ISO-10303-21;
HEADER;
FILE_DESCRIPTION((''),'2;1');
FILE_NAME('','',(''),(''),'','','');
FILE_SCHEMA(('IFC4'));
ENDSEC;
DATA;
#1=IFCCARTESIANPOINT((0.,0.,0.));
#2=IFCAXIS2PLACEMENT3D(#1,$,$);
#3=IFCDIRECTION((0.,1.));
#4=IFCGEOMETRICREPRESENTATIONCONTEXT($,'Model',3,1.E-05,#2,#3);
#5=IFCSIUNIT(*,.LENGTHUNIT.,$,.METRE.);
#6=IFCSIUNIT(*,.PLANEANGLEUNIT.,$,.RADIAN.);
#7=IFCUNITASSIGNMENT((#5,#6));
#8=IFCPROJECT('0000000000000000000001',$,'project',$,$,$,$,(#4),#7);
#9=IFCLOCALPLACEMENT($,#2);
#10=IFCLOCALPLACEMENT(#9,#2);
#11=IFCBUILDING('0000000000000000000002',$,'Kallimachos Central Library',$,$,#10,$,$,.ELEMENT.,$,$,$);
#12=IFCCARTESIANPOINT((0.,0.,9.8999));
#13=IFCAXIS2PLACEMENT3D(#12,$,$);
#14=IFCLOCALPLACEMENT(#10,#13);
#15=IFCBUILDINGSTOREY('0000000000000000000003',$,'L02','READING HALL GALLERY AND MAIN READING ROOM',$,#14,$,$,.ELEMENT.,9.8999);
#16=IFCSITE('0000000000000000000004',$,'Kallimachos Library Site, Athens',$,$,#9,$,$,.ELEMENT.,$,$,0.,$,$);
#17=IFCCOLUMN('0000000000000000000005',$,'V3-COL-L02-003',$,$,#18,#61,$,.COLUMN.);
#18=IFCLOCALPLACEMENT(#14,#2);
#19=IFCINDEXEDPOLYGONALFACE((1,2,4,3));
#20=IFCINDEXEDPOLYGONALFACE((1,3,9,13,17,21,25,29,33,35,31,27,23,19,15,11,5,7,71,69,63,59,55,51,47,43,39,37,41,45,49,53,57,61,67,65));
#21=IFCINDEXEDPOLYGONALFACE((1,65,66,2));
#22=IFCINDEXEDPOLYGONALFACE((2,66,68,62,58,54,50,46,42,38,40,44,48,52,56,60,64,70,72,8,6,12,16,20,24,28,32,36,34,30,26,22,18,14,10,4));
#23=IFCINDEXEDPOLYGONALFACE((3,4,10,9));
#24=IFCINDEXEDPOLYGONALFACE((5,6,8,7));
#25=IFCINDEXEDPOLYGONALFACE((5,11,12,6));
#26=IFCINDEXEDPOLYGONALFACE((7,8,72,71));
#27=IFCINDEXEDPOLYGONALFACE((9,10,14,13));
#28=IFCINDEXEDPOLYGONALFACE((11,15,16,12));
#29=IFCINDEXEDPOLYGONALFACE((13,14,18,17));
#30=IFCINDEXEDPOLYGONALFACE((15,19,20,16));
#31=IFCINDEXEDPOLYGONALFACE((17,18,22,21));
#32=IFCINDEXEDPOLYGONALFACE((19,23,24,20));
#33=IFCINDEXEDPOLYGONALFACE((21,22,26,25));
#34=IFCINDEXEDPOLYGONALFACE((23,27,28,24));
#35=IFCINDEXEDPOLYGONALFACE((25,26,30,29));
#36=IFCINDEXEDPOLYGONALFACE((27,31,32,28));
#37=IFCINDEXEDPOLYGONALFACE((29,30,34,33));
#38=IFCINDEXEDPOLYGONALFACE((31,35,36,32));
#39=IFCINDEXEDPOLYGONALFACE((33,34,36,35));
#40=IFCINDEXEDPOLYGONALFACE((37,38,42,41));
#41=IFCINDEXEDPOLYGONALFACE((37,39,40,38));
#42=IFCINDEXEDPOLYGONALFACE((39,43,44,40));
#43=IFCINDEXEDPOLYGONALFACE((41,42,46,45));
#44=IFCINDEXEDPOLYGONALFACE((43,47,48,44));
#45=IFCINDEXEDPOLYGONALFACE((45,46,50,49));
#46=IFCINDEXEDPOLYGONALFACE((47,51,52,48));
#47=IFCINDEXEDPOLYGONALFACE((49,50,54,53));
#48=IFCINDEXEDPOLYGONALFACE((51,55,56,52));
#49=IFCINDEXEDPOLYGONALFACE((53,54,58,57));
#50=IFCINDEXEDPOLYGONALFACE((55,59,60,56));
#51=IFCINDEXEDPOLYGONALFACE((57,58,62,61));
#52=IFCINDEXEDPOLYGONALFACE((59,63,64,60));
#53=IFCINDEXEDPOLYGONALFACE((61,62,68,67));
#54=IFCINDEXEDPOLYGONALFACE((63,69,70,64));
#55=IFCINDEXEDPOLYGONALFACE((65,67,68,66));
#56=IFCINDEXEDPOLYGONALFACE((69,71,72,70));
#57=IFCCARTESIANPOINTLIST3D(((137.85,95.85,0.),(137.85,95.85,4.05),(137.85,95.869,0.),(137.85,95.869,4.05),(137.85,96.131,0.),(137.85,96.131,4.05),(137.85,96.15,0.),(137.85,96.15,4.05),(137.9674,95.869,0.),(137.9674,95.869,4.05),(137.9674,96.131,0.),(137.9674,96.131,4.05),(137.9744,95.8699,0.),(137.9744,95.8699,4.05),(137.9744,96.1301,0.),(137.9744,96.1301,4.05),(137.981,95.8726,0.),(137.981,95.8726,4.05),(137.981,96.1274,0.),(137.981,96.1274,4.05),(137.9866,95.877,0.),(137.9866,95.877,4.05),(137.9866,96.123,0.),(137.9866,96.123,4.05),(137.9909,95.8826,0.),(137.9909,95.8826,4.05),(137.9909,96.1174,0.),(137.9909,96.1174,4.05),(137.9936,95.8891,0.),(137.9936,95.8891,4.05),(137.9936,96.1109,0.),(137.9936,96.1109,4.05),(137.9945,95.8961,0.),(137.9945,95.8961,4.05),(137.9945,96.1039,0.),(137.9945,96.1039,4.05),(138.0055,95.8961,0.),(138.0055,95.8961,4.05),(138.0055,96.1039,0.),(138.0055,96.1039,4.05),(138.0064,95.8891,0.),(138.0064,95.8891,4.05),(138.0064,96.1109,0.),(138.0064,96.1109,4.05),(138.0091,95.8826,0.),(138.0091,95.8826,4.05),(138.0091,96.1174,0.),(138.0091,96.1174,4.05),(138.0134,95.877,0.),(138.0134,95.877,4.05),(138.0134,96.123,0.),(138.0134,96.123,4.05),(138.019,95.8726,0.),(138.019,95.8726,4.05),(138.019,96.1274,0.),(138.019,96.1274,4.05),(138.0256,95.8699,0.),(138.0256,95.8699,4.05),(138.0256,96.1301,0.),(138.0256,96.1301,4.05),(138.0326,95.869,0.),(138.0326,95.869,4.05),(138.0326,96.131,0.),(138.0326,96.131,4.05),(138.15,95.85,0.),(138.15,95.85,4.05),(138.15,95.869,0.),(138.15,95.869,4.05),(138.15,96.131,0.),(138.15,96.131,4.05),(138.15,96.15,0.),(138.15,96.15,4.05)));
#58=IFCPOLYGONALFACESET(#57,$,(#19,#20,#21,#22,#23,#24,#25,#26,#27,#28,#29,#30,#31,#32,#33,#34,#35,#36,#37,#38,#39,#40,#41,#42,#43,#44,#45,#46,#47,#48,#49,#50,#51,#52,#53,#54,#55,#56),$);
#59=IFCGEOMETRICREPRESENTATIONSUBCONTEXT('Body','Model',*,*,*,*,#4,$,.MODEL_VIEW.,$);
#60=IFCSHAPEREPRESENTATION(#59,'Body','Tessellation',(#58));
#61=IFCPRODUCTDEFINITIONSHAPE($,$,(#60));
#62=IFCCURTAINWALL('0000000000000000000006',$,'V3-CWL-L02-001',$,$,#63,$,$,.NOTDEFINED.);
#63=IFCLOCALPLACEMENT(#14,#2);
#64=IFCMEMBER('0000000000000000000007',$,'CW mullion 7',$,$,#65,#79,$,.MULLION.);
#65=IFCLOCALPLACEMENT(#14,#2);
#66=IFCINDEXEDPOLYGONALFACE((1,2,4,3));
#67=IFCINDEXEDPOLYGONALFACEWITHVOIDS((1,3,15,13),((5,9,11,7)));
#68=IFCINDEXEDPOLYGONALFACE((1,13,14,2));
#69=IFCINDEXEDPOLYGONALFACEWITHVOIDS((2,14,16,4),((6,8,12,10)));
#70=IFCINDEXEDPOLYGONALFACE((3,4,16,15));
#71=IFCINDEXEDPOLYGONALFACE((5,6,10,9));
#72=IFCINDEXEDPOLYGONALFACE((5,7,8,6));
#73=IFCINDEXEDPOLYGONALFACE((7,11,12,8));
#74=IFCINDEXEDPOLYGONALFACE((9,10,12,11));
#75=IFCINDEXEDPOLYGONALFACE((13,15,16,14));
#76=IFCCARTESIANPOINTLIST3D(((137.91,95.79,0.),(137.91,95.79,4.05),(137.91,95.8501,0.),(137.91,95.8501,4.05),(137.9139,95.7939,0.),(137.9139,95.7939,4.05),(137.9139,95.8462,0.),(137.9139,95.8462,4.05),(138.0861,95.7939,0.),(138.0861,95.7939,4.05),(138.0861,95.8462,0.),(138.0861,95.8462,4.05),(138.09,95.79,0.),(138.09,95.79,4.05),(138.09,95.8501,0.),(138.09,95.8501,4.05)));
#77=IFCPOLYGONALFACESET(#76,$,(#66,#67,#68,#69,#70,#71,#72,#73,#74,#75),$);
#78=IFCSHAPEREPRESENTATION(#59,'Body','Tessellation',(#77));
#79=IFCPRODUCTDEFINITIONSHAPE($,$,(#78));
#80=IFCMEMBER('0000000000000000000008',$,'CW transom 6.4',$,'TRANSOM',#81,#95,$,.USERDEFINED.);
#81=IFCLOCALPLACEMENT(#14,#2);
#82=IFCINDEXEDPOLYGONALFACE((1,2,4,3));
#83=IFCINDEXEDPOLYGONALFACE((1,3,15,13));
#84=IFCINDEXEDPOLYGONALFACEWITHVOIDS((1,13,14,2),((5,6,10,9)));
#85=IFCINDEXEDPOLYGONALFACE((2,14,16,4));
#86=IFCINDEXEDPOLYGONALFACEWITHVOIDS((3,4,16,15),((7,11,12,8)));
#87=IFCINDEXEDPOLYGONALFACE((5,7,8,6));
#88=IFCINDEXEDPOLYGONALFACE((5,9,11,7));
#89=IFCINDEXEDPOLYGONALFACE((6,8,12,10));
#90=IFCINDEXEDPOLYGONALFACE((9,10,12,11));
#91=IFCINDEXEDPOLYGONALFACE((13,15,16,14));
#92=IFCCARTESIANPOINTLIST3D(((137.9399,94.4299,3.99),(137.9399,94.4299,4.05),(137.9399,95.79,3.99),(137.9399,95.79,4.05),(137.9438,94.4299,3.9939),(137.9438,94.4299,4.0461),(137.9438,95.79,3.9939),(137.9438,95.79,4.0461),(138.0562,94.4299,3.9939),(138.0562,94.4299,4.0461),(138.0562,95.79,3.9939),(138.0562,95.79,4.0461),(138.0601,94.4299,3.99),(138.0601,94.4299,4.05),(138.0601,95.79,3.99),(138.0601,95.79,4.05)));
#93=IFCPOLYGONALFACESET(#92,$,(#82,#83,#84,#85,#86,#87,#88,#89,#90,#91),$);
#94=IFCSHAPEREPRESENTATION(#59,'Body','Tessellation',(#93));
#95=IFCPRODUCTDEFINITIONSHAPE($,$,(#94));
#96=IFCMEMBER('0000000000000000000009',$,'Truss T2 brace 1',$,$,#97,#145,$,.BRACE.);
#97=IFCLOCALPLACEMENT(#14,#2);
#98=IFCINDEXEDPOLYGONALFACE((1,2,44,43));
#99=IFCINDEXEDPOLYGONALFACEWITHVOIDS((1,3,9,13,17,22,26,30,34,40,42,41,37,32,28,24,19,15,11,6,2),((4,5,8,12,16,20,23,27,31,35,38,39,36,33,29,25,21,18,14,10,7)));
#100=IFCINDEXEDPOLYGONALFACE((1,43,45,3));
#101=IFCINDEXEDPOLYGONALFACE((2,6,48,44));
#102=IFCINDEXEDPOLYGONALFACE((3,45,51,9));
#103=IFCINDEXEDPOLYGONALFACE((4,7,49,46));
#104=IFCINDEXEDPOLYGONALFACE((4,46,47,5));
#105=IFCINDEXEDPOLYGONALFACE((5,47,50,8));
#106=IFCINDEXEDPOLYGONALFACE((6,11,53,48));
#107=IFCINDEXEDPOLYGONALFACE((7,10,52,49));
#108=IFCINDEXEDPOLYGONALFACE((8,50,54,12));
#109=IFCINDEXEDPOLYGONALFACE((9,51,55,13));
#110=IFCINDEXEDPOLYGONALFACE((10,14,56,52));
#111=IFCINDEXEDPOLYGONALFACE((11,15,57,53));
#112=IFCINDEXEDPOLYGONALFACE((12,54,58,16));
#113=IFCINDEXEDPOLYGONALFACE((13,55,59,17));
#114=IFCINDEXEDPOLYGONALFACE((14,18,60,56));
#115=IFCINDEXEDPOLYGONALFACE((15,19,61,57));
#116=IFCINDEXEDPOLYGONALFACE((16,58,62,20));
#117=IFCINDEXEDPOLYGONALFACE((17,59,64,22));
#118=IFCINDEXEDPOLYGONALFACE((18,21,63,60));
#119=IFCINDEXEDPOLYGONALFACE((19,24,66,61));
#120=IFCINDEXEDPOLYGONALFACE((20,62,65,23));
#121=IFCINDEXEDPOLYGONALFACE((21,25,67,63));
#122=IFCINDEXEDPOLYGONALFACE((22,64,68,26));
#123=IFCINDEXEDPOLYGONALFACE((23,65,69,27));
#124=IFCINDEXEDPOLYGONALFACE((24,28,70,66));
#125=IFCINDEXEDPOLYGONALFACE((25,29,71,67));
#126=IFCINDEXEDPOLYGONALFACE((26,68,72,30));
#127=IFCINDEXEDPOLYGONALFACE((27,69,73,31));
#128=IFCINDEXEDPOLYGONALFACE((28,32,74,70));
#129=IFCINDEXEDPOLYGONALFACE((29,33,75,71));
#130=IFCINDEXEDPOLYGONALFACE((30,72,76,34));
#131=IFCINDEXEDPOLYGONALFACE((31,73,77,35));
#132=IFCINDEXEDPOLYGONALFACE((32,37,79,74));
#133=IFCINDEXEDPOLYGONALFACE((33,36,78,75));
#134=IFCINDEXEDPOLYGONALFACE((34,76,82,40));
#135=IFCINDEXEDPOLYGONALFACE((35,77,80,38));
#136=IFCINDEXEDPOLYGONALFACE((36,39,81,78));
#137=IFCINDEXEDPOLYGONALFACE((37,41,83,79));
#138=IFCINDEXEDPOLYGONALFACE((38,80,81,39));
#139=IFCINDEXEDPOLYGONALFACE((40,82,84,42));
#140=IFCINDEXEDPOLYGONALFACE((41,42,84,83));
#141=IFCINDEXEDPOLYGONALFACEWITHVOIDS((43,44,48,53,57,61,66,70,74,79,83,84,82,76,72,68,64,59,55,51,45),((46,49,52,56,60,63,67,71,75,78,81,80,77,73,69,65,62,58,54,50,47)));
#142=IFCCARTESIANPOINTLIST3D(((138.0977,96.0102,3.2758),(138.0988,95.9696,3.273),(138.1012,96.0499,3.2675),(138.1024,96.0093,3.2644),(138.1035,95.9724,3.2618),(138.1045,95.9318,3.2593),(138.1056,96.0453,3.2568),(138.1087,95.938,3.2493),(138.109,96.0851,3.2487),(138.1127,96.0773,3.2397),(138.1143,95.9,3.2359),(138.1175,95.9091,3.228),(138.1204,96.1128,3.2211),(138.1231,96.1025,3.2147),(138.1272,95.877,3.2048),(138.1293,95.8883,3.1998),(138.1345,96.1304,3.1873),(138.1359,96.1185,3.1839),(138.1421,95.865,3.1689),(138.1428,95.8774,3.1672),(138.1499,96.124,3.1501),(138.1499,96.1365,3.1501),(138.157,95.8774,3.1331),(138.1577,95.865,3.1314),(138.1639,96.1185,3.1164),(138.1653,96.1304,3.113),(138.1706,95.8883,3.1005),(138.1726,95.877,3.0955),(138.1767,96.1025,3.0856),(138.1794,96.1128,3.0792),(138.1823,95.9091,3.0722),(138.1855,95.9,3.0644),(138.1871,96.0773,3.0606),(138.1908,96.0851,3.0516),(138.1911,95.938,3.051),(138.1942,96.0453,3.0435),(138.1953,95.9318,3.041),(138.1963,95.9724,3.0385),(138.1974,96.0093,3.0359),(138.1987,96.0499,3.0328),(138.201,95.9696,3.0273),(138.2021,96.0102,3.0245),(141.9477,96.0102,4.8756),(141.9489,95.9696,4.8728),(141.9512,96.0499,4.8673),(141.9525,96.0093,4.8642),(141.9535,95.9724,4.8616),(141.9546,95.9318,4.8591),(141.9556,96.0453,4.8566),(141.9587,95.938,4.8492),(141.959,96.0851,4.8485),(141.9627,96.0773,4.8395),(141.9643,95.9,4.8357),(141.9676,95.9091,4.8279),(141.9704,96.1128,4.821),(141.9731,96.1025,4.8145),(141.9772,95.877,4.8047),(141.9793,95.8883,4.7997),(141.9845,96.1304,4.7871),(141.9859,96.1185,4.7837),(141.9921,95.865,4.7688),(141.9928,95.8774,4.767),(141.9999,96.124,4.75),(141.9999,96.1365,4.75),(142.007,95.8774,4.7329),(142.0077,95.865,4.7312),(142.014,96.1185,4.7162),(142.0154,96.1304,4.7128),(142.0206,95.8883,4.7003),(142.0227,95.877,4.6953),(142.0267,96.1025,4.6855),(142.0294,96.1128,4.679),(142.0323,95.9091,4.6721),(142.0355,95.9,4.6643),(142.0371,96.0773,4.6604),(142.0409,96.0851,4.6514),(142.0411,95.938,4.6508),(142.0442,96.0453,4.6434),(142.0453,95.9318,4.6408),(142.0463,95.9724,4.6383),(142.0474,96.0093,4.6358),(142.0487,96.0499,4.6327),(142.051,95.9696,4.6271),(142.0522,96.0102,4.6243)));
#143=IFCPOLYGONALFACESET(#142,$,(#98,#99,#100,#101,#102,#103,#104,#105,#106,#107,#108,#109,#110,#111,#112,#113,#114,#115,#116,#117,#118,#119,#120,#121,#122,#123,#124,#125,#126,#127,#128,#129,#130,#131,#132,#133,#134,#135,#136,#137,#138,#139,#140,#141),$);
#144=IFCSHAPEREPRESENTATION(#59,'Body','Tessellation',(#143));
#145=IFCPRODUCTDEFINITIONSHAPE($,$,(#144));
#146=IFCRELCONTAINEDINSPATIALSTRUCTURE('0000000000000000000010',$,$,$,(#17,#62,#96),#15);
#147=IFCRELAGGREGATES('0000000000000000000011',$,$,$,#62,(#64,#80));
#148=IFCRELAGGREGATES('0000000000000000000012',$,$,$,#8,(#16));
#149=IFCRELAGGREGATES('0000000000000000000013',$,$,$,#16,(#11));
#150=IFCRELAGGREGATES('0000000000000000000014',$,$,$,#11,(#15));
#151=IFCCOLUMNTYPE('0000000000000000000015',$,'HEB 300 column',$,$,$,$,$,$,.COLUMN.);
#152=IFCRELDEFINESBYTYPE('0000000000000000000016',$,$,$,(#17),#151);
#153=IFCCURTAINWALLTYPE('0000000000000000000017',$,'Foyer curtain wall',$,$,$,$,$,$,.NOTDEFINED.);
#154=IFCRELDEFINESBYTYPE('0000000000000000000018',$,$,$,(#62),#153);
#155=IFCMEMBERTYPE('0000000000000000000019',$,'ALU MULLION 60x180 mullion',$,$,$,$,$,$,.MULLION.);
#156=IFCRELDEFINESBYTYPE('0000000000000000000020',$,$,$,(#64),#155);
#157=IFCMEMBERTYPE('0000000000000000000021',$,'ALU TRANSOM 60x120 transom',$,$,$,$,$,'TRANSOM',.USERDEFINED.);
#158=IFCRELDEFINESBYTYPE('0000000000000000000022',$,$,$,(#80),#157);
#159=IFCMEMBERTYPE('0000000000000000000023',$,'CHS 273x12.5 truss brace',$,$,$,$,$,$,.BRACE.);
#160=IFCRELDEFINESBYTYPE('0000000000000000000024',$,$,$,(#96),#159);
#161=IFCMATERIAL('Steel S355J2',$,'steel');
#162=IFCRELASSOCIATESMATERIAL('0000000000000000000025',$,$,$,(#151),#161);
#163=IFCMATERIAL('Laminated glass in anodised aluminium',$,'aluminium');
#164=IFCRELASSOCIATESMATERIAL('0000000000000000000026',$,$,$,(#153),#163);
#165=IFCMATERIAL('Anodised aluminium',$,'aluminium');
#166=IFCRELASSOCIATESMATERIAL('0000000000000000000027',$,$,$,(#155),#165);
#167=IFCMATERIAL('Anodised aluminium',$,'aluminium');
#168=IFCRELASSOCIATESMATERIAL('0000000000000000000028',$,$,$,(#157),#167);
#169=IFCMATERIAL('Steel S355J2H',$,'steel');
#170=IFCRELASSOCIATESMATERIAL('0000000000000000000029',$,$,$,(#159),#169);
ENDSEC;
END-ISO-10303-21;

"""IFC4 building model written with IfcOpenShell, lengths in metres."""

from ifc_helpers import new_model, si_unit, direction, frame, origin, origin_2d, place, context, subcontext, project, spatial, hollow_rectangle, hollow_circle, i_section, extrude, material, material_profile, profile_set, type_object, element, aggregate, save


model = new_model("IFC4")

# Units and contexts
model_context = context("Model", 3, precision=1e-05, world=origin(), true_north=direction((0.0, 1.0)))
body_context = subcontext(model_context, "Body", "Model", "MODEL_VIEW")
ifc_project = project(units=[si_unit("LENGTHUNIT", "METRE"), si_unit("PLANEANGLEUNIT", "RADIAN")], contexts=[model_context])

# Site, building, storey
site_placement = place(None, origin())
site = spatial("IfcSite", under=ifc_project, at=site_placement, Name="Kallimachos Library Site, Athens", CompositionType="ELEMENT", RefElevation=0.0)
building_placement = place(site_placement, origin())
building = spatial("IfcBuilding", under=site, at=building_placement, Name="Kallimachos Central Library", CompositionType="ELEMENT")
storey_placement = place(building_placement, frame((0.0, 0.0, 9.8999)))
storey = spatial("IfcBuildingStorey", under=building, at=storey_placement, Name="L02", Description="READING HALL GALLERY AND MAIN READING ROOM", CompositionType="ELEMENT", Elevation=9.8999)

# Column
ifc_material_1 = material(Name="Steel S355J2", Category="steel")
ifc_material_profile_1 = material_profile(ifc_material_1, i_section(OverallWidth=0.3, OverallDepth=0.3, WebThickness=0.011, FlangeThickness=0.019, FilletRadius=0.0271, at=origin_2d()), Name="HEB 300")
ifc_profile_set_1 = profile_set([ifc_material_profile_1], Name="Steel S355J2")
column_type = type_object("IfcColumnType", Name="HEB 300 column", PredefinedType="COLUMN", material=ifc_profile_set_1)
column_placement = place(storey_placement, frame((138.0, 96.0, 0.0), z_axis=(0.0, 0.0, 1.0), x_axis=(1.0, 0.0, 0.0)))
element("IfcColumn", 1, at=column_placement, inside=storey, type_object=column_type, Name="V3-COL-L02-003", PredefinedType="COLUMN", context=body_context, shape_type="SweptSolid", body=[
    extrude(i_section(OverallWidth=0.3, OverallDepth=0.3, WebThickness=0.011, FlangeThickness=0.019, FilletRadius=0.0271, at=origin_2d()), origin(), (0.0, 0.0, 1.0), 4.05),
])

# Curtain wall, members
ifc_material_2 = material(Name="Laminated glass in anodised aluminium", Category="aluminium")
curtain_wall_type = type_object("IfcCurtainWallType", Name="Foyer curtain wall", PredefinedType="NOTDEFINED", material=ifc_material_2)
curtain_wall_placement = place(storey_placement, origin())
curtain_wall = element("IfcCurtainWall", 2, at=curtain_wall_placement, inside=storey, type_object=curtain_wall_type, Name="V3-CWL-L02-001", PredefinedType="NOTDEFINED")
ifc_material_3 = material(Name="Anodised aluminium", Category="aluminium")
ifc_material_profile_2 = material_profile(ifc_material_3, hollow_rectangle(XDim=0.0601, YDim=0.1799, WallThickness=0.0039, at=origin_2d()), Name="ALU MULLION 60x180")
ifc_profile_set_2 = profile_set([ifc_material_profile_2], Name="Anodised aluminium")
member_type_1 = type_object("IfcMemberType", Name="ALU MULLION 60x180 mullion", PredefinedType="MULLION", material=ifc_profile_set_2)
member_1_placement = place(storey_placement, frame((138.0, 95.8201, 0.0), z_axis=(0.0, 0.0, 1.0), x_axis=(0.0, 1.0, 0.0)))
member_1 = element("IfcMember", 3, at=member_1_placement, type_object=member_type_1, Name="CW mullion 7", PredefinedType="MULLION", context=body_context, shape_type="SweptSolid", body=[
    extrude(hollow_rectangle(XDim=0.0601, YDim=0.1799, WallThickness=0.0039, at=origin_2d()), origin(), (0.0, 0.0, 1.0), 4.05),
])
ifc_material_4 = material(Name="Anodised aluminium", Category="aluminium")
ifc_material_profile_3 = material_profile(ifc_material_4, hollow_rectangle(XDim=0.0601, YDim=0.1201, WallThickness=0.0039, at=origin_2d()), Name="ALU TRANSOM 60x120")
ifc_profile_set_3 = profile_set([ifc_material_profile_3], Name="Anodised aluminium")
member_type_2 = type_object("IfcMemberType", Name="ALU TRANSOM 60x120 transom", ElementType="TRANSOM", PredefinedType="USERDEFINED", material=ifc_profile_set_3)
member_2_placement = place(storey_placement, frame((138.0, 94.4299, 4.02), z_axis=(0.0, 1.0, 0.0), x_axis=(0.0, 0.0, 1.0)))
member_2 = element("IfcMember", 4, at=member_2_placement, type_object=member_type_2, Name="CW transom 6.4", ObjectType="TRANSOM", PredefinedType="USERDEFINED", context=body_context, shape_type="SweptSolid", body=[
    extrude(hollow_rectangle(XDim=0.0601, YDim=0.1201, WallThickness=0.0039, at=origin_2d()), origin(), (0.0, 0.0, 1.0), 1.3601),
])

# Member
ifc_material_5 = material(Name="Steel S355J2H", Category="steel")
ifc_material_profile_4 = material_profile(ifc_material_5, hollow_circle(Radius=0.1365, WallThickness=0.0125, at=origin_2d()), Name="CHS 273x12.5")
ifc_profile_set_4 = profile_set([ifc_material_profile_4], Name="Steel S355J2H")
member_type_3 = type_object("IfcMemberType", Name="CHS 273x12.5 truss brace", PredefinedType="BRACE", material=ifc_profile_set_4)
member_3_placement = place(storey_placement, frame((138.1499, 96.0, 3.1501), z_axis=(0.923447, 0.0, 0.383725), x_axis=(0.0, 1.0, 0.0)))
element("IfcMember", 5, at=member_3_placement, inside=storey, type_object=member_type_3, Name="Truss T2 brace 1", PredefinedType="BRACE", context=body_context, shape_type="SweptSolid", body=[
    extrude(hollow_circle(Radius=0.1365, WallThickness=0.0125, at=origin_2d()), origin(), (0.0, 0.0, 1.0), 4.1692),
])

aggregate(curtain_wall, [member_1, member_2])

save(model, "model.ifc")
